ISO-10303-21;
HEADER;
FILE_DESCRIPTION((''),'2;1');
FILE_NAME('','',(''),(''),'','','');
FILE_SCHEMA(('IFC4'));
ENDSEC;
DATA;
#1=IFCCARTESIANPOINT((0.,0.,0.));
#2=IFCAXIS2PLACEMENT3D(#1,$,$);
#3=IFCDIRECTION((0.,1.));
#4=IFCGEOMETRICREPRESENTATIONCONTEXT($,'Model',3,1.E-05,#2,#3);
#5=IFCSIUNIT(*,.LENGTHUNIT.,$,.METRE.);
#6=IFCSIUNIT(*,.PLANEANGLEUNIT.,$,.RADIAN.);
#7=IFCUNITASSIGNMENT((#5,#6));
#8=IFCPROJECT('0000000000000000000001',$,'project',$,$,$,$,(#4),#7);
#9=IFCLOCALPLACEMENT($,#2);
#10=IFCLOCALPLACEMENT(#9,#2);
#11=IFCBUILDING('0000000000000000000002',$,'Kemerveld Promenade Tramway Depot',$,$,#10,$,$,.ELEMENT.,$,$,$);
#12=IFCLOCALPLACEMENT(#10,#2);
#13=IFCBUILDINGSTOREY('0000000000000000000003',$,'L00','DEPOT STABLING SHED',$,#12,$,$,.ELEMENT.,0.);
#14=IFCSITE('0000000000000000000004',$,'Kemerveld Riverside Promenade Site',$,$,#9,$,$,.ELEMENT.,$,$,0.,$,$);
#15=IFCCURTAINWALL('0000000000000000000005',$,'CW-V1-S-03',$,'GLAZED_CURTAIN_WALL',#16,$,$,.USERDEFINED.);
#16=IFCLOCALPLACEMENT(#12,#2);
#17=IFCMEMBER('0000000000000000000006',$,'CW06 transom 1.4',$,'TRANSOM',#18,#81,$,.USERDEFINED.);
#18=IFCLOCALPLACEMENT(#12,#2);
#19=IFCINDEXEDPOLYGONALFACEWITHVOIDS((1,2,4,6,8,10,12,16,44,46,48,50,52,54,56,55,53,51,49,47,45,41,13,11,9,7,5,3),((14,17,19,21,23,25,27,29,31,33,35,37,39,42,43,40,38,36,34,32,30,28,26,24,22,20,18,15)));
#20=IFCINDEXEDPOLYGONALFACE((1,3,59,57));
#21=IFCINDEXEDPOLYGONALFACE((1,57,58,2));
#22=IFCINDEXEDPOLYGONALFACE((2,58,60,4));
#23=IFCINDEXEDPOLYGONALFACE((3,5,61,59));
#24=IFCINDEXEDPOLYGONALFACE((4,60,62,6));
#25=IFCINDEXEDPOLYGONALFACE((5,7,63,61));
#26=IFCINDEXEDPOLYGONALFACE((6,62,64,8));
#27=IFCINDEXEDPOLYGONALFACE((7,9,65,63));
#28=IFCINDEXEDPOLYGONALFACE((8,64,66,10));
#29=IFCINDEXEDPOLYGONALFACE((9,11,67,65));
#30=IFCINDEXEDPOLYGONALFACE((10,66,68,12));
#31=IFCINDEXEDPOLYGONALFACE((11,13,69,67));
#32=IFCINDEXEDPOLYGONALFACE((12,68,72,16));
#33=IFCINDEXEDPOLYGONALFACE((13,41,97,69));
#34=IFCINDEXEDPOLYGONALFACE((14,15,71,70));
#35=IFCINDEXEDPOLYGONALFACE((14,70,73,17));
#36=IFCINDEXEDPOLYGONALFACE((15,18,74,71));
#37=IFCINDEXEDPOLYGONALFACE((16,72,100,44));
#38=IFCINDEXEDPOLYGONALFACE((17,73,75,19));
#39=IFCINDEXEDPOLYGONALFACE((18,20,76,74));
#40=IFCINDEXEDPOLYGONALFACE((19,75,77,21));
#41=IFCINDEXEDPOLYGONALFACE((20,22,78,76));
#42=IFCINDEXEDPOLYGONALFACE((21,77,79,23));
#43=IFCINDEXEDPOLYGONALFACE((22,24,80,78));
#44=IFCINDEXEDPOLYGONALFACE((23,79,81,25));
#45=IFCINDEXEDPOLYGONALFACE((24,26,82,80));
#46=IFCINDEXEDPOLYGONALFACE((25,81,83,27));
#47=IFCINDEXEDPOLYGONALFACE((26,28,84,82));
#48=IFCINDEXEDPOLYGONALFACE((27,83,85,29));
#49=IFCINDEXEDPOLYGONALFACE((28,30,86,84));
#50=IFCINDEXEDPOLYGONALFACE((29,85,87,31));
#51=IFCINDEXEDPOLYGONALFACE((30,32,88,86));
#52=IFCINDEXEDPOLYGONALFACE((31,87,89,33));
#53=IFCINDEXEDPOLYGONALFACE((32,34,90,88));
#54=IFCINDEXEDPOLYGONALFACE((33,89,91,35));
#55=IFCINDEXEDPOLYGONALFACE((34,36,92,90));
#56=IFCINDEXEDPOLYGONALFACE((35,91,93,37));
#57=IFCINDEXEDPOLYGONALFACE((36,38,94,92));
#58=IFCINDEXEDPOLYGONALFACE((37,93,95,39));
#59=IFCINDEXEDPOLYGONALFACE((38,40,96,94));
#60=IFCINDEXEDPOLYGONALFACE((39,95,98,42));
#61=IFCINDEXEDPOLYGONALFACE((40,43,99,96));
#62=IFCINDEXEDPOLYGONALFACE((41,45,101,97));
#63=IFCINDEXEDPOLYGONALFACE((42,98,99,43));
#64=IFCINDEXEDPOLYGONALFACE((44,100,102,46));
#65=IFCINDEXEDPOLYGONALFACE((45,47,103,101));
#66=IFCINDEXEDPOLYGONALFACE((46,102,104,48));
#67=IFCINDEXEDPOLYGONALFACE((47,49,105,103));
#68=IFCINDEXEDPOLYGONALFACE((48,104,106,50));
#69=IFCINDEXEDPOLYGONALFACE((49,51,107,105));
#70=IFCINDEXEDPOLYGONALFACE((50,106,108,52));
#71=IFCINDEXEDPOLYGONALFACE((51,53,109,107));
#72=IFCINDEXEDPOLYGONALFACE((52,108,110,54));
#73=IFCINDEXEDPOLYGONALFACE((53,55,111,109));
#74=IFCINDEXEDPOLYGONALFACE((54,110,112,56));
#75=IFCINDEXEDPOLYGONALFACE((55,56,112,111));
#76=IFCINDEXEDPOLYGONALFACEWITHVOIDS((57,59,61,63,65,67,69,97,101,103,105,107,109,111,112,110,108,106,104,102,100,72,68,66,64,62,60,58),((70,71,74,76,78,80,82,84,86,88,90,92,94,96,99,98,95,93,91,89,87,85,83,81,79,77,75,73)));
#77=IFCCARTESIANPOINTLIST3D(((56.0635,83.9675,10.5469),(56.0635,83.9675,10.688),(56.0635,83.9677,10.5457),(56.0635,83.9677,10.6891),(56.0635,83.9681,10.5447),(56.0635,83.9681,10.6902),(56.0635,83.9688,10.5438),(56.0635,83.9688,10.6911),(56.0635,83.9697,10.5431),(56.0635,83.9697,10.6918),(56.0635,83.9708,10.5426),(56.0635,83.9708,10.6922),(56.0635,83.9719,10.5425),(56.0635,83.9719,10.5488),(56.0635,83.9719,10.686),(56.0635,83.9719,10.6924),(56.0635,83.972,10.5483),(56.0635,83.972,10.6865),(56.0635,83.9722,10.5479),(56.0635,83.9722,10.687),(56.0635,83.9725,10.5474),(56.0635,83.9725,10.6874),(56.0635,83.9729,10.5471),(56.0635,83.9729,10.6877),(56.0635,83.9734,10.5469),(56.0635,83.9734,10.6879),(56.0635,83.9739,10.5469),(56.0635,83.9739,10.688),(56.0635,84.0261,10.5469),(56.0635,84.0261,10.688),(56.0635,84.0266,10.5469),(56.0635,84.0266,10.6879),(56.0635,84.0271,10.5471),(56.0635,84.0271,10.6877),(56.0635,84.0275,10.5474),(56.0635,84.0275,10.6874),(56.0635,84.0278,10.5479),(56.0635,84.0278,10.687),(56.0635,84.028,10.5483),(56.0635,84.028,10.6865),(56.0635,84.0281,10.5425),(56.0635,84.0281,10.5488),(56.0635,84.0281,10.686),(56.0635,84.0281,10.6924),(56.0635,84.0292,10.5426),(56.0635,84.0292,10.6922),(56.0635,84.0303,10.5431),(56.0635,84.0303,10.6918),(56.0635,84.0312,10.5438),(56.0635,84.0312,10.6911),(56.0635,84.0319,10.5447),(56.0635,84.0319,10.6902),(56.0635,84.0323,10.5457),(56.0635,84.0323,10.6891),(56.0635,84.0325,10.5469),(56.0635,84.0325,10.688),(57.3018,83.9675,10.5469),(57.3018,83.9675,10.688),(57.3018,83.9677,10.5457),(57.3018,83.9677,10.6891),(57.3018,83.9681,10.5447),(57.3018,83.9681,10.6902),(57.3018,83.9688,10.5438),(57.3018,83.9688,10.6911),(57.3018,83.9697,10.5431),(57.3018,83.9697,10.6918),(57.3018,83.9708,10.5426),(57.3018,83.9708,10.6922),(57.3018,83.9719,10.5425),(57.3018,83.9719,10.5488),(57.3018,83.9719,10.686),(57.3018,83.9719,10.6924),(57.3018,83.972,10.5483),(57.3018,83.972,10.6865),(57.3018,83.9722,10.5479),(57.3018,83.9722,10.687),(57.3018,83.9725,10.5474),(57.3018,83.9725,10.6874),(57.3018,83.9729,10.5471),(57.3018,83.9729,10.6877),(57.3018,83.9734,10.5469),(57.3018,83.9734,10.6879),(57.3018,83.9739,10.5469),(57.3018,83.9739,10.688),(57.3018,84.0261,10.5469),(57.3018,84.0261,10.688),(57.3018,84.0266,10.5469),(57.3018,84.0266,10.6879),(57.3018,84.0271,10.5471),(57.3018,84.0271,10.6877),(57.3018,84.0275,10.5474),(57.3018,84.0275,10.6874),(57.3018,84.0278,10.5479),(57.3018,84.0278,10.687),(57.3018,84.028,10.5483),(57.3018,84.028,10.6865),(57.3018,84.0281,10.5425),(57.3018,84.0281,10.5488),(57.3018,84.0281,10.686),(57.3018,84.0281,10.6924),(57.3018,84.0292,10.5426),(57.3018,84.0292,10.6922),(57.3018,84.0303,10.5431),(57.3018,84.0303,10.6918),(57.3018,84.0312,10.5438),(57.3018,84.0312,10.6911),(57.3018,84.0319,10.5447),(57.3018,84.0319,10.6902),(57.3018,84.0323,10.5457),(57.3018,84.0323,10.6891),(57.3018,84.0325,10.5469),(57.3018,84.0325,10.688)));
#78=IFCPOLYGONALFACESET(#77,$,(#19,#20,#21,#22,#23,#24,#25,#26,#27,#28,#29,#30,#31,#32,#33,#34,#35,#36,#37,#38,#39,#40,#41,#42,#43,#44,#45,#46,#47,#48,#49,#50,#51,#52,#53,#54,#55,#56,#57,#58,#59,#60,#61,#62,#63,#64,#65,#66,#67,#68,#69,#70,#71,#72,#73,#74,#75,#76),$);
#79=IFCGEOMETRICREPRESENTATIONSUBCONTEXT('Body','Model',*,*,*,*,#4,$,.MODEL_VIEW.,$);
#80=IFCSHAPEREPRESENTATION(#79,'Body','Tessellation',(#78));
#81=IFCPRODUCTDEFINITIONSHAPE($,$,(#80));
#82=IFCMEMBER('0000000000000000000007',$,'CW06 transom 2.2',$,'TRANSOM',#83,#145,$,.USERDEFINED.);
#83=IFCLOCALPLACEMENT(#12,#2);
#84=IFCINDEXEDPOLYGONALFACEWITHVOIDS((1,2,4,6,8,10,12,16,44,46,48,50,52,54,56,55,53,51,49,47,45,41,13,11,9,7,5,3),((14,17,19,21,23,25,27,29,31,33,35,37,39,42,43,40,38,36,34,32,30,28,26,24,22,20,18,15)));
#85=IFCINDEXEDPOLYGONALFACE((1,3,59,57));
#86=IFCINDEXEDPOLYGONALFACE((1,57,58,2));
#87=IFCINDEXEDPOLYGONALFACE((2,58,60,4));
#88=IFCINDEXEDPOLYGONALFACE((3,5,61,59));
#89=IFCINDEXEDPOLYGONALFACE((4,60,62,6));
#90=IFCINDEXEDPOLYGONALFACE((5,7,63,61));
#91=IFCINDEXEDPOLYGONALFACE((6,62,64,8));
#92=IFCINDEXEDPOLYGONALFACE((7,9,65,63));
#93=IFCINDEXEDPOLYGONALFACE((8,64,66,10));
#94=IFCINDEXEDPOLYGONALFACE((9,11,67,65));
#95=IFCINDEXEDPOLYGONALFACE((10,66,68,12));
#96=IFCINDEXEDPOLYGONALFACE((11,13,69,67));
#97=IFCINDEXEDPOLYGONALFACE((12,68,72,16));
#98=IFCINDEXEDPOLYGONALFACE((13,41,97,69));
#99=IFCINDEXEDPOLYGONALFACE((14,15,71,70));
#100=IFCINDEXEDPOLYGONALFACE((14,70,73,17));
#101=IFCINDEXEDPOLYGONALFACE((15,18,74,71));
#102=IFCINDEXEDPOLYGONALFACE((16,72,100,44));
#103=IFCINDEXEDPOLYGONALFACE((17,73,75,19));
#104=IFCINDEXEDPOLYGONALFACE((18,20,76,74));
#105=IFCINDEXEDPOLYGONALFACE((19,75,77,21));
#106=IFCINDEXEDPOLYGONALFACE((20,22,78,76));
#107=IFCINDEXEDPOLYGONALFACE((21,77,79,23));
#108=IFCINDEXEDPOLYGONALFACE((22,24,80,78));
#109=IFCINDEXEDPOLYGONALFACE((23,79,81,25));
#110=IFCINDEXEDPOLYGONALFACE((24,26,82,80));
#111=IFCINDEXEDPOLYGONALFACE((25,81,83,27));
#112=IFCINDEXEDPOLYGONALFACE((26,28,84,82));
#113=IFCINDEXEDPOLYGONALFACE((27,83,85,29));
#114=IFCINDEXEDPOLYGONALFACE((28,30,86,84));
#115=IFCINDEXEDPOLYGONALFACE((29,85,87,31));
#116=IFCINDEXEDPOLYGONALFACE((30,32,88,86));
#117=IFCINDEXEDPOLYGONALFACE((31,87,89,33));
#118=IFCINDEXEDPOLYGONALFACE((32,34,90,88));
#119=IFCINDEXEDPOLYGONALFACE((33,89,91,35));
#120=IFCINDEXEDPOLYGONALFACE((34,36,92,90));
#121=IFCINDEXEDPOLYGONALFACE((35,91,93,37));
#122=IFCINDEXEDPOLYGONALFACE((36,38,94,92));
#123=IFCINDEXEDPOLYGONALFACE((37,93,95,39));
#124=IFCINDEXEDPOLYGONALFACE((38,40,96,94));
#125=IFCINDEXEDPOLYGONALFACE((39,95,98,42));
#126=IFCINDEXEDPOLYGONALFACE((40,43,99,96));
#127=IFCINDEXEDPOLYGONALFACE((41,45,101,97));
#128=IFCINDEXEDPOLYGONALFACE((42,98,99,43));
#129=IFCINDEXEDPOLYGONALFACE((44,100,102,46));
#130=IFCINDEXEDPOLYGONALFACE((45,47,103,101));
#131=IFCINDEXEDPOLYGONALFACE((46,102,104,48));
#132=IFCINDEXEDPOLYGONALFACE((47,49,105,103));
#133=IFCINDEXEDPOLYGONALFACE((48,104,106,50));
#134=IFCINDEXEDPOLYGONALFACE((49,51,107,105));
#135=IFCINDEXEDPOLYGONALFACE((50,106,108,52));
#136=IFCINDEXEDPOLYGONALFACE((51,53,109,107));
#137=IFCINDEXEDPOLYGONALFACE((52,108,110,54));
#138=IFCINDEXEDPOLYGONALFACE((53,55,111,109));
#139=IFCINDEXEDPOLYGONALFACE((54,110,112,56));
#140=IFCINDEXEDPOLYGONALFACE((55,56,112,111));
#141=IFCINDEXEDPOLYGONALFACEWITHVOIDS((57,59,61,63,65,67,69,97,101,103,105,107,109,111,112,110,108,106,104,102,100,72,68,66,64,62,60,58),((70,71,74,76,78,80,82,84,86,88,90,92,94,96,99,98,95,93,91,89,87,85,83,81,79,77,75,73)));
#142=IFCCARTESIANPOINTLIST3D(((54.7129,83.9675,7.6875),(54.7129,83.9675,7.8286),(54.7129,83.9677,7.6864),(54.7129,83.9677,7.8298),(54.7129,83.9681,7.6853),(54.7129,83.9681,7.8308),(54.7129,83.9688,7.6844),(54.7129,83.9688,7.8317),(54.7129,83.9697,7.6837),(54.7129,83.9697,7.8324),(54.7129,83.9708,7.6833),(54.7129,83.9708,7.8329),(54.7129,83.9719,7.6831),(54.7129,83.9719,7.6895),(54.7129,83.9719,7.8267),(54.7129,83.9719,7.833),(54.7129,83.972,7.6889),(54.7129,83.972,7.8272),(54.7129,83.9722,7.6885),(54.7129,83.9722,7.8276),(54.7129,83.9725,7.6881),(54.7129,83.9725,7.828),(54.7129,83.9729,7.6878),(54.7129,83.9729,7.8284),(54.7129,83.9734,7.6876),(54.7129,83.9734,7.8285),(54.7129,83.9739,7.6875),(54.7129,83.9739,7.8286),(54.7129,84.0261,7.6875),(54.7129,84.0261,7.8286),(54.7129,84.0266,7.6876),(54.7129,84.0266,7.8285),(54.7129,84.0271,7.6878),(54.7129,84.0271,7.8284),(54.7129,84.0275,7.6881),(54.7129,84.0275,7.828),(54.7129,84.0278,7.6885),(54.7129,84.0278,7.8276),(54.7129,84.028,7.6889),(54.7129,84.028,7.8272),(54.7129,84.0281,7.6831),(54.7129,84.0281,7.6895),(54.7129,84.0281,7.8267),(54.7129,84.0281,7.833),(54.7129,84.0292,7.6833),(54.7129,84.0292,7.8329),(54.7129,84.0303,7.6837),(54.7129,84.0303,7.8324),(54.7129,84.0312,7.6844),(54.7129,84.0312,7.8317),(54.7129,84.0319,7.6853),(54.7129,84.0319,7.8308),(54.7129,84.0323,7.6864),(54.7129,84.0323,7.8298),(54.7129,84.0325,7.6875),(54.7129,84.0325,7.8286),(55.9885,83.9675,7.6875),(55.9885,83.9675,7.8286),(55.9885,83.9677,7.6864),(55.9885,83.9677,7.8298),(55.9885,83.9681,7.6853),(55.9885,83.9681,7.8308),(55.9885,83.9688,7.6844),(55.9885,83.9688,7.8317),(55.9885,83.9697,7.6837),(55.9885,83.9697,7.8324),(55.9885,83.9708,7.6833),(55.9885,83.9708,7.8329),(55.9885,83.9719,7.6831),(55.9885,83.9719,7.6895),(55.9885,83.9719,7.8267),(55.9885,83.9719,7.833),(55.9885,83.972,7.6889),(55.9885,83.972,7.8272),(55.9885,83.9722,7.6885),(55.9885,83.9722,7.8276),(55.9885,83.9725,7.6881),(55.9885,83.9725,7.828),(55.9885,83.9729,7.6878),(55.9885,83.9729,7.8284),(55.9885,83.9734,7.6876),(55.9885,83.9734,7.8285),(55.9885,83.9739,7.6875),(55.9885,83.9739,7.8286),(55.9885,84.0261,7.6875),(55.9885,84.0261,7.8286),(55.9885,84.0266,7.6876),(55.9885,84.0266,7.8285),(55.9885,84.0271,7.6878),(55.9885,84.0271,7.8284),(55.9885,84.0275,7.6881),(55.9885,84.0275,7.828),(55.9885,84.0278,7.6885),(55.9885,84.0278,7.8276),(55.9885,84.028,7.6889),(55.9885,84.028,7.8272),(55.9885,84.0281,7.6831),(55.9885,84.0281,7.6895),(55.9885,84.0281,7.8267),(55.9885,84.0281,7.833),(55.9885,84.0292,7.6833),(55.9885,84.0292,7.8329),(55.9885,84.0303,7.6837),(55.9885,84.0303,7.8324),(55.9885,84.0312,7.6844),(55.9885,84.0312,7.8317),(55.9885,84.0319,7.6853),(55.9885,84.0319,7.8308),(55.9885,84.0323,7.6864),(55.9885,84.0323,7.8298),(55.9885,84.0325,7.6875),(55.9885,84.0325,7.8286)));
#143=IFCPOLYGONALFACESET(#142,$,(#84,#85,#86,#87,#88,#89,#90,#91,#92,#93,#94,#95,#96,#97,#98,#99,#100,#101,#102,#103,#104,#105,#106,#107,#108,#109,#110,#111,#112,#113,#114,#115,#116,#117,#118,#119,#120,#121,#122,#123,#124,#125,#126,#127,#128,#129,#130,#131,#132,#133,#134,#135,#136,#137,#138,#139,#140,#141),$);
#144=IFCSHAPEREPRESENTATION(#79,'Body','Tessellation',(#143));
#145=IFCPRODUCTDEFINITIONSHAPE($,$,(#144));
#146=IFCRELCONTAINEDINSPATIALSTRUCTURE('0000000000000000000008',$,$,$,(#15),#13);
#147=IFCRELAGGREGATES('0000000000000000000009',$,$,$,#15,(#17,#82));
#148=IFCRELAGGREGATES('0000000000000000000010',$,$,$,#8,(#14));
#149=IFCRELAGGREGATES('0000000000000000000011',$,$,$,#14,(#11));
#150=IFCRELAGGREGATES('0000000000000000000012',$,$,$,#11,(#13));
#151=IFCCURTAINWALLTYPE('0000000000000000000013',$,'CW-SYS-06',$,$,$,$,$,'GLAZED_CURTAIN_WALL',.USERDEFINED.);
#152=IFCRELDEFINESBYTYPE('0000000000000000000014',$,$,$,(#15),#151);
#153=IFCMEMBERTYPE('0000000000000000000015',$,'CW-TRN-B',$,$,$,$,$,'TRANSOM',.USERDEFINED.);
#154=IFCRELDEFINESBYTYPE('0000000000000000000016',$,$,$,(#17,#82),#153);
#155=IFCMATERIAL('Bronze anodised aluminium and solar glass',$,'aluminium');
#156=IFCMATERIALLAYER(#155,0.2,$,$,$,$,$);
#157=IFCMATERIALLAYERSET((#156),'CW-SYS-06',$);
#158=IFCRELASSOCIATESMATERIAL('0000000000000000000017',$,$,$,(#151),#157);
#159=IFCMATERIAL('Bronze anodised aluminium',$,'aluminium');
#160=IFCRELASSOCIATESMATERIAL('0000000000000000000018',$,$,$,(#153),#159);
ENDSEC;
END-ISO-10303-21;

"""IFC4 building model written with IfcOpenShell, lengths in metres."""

from ifc_helpers import new_model, si_unit, direction, frame, origin, origin_2d, place, context, subcontext, project, spatial, hollow_rectangle, extrude, material, layer, layer_set, material_profile, profile_set, type_object, element, aggregate, save


model = new_model("IFC4")

# Units and contexts
model_context = context("Model", 3, precision=1e-05, world=origin(), true_north=direction((0.0, 1.0)))
body_context = subcontext(model_context, "Body", "Model", "MODEL_VIEW")
ifc_project = project(units=[si_unit("LENGTHUNIT", "METRE"), si_unit("PLANEANGLEUNIT", "RADIAN")], contexts=[model_context])

# Site, building, storey
site_placement = place(None, origin())
site = spatial("IfcSite", under=ifc_project, at=site_placement, Name="Kemerveld Riverside Promenade Site", CompositionType="ELEMENT", RefElevation=0.0)
building_placement = place(site_placement, origin())
building = spatial("IfcBuilding", under=site, at=building_placement, Name="Kemerveld Promenade Tramway Depot", CompositionType="ELEMENT")
storey_placement = place(building_placement, origin())
storey = spatial("IfcBuildingStorey", under=building, at=storey_placement, Name="L00", Description="DEPOT STABLING SHED", CompositionType="ELEMENT", Elevation=0.0)

# Curtain wall, members
ifc_material_1 = material(Name="Bronze anodised aluminium and solar glass", Category="aluminium")
ifc_material_2 = material(Name="Bronze anodised aluminium", Category="aluminium")
ifc_layer_1 = layer(ifc_material_1, 0.2)
ifc_layer_set_1 = layer_set([ifc_layer_1], Name="CW-SYS-06")
curtain_wall_type_1 = type_object("IfcCurtainWallType", Name="CW-SYS-06", ElementType="GLAZED_CURTAIN_WALL", PredefinedType="USERDEFINED", material=ifc_layer_set_1)
curtain_wall_1_placement = place(storey_placement, origin())
curtain_wall_1 = element("IfcCurtainWall", 1, at=curtain_wall_1_placement, inside=storey, type_object=curtain_wall_type_1, Name="CW-V1-S-03", ObjectType="GLAZED_CURTAIN_WALL", PredefinedType="USERDEFINED")
ifc_material_profile_1 = material_profile(ifc_material_2, hollow_rectangle(XDim=0.0649, YDim=0.1499, WallThickness=0.0044, InnerFilletRadius=0.002, OuterFilletRadius=0.0044, at=origin_2d()), Name="CW-TRN-150x65")
ifc_profile_set_1 = profile_set([ifc_material_profile_1], Name="Bronze anodised aluminium")
member_type_1 = type_object("IfcMemberType", Name="CW-TRN-B", ElementType="TRANSOM", PredefinedType="USERDEFINED", material=ifc_profile_set_1)
member_1_placement = place(storey_placement, frame((57.3018, 84.0, 10.6174), z_axis=(-1.0, 0.0, 0.0), x_axis=(0.0, -1.0, 0.0)))
member_1 = element("IfcMember", 2, at=member_1_placement, type_object=member_type_1, Name="CW06 transom 1.4", ObjectType="TRANSOM", PredefinedType="USERDEFINED", context=body_context, shape_type="SweptSolid", body=[
    extrude(hollow_rectangle(XDim=0.0649, YDim=0.1499, WallThickness=0.0044, InnerFilletRadius=0.002, OuterFilletRadius=0.0044, at=origin_2d()), origin(), (0.0, 0.0, 1.0), 1.2383),
])
member_2_placement = place(storey_placement, frame((55.9885, 84.0, 7.7581), z_axis=(-1.0, 0.0, 0.0), x_axis=(0.0, -1.0, 0.0)))
member_2 = element("IfcMember", 3, at=member_2_placement, type_object=member_type_1, Name="CW06 transom 2.2", ObjectType="TRANSOM", PredefinedType="USERDEFINED", context=body_context, shape_type="SweptSolid", body=[
    extrude(hollow_rectangle(XDim=0.0649, YDim=0.1499, WallThickness=0.0044, InnerFilletRadius=0.002, OuterFilletRadius=0.0044, at=origin_2d()), origin(), (0.0, 0.0, 1.0), 1.2756),
])

aggregate(curtain_wall_1, [member_1, member_2])

save(model, "model.ifc")
